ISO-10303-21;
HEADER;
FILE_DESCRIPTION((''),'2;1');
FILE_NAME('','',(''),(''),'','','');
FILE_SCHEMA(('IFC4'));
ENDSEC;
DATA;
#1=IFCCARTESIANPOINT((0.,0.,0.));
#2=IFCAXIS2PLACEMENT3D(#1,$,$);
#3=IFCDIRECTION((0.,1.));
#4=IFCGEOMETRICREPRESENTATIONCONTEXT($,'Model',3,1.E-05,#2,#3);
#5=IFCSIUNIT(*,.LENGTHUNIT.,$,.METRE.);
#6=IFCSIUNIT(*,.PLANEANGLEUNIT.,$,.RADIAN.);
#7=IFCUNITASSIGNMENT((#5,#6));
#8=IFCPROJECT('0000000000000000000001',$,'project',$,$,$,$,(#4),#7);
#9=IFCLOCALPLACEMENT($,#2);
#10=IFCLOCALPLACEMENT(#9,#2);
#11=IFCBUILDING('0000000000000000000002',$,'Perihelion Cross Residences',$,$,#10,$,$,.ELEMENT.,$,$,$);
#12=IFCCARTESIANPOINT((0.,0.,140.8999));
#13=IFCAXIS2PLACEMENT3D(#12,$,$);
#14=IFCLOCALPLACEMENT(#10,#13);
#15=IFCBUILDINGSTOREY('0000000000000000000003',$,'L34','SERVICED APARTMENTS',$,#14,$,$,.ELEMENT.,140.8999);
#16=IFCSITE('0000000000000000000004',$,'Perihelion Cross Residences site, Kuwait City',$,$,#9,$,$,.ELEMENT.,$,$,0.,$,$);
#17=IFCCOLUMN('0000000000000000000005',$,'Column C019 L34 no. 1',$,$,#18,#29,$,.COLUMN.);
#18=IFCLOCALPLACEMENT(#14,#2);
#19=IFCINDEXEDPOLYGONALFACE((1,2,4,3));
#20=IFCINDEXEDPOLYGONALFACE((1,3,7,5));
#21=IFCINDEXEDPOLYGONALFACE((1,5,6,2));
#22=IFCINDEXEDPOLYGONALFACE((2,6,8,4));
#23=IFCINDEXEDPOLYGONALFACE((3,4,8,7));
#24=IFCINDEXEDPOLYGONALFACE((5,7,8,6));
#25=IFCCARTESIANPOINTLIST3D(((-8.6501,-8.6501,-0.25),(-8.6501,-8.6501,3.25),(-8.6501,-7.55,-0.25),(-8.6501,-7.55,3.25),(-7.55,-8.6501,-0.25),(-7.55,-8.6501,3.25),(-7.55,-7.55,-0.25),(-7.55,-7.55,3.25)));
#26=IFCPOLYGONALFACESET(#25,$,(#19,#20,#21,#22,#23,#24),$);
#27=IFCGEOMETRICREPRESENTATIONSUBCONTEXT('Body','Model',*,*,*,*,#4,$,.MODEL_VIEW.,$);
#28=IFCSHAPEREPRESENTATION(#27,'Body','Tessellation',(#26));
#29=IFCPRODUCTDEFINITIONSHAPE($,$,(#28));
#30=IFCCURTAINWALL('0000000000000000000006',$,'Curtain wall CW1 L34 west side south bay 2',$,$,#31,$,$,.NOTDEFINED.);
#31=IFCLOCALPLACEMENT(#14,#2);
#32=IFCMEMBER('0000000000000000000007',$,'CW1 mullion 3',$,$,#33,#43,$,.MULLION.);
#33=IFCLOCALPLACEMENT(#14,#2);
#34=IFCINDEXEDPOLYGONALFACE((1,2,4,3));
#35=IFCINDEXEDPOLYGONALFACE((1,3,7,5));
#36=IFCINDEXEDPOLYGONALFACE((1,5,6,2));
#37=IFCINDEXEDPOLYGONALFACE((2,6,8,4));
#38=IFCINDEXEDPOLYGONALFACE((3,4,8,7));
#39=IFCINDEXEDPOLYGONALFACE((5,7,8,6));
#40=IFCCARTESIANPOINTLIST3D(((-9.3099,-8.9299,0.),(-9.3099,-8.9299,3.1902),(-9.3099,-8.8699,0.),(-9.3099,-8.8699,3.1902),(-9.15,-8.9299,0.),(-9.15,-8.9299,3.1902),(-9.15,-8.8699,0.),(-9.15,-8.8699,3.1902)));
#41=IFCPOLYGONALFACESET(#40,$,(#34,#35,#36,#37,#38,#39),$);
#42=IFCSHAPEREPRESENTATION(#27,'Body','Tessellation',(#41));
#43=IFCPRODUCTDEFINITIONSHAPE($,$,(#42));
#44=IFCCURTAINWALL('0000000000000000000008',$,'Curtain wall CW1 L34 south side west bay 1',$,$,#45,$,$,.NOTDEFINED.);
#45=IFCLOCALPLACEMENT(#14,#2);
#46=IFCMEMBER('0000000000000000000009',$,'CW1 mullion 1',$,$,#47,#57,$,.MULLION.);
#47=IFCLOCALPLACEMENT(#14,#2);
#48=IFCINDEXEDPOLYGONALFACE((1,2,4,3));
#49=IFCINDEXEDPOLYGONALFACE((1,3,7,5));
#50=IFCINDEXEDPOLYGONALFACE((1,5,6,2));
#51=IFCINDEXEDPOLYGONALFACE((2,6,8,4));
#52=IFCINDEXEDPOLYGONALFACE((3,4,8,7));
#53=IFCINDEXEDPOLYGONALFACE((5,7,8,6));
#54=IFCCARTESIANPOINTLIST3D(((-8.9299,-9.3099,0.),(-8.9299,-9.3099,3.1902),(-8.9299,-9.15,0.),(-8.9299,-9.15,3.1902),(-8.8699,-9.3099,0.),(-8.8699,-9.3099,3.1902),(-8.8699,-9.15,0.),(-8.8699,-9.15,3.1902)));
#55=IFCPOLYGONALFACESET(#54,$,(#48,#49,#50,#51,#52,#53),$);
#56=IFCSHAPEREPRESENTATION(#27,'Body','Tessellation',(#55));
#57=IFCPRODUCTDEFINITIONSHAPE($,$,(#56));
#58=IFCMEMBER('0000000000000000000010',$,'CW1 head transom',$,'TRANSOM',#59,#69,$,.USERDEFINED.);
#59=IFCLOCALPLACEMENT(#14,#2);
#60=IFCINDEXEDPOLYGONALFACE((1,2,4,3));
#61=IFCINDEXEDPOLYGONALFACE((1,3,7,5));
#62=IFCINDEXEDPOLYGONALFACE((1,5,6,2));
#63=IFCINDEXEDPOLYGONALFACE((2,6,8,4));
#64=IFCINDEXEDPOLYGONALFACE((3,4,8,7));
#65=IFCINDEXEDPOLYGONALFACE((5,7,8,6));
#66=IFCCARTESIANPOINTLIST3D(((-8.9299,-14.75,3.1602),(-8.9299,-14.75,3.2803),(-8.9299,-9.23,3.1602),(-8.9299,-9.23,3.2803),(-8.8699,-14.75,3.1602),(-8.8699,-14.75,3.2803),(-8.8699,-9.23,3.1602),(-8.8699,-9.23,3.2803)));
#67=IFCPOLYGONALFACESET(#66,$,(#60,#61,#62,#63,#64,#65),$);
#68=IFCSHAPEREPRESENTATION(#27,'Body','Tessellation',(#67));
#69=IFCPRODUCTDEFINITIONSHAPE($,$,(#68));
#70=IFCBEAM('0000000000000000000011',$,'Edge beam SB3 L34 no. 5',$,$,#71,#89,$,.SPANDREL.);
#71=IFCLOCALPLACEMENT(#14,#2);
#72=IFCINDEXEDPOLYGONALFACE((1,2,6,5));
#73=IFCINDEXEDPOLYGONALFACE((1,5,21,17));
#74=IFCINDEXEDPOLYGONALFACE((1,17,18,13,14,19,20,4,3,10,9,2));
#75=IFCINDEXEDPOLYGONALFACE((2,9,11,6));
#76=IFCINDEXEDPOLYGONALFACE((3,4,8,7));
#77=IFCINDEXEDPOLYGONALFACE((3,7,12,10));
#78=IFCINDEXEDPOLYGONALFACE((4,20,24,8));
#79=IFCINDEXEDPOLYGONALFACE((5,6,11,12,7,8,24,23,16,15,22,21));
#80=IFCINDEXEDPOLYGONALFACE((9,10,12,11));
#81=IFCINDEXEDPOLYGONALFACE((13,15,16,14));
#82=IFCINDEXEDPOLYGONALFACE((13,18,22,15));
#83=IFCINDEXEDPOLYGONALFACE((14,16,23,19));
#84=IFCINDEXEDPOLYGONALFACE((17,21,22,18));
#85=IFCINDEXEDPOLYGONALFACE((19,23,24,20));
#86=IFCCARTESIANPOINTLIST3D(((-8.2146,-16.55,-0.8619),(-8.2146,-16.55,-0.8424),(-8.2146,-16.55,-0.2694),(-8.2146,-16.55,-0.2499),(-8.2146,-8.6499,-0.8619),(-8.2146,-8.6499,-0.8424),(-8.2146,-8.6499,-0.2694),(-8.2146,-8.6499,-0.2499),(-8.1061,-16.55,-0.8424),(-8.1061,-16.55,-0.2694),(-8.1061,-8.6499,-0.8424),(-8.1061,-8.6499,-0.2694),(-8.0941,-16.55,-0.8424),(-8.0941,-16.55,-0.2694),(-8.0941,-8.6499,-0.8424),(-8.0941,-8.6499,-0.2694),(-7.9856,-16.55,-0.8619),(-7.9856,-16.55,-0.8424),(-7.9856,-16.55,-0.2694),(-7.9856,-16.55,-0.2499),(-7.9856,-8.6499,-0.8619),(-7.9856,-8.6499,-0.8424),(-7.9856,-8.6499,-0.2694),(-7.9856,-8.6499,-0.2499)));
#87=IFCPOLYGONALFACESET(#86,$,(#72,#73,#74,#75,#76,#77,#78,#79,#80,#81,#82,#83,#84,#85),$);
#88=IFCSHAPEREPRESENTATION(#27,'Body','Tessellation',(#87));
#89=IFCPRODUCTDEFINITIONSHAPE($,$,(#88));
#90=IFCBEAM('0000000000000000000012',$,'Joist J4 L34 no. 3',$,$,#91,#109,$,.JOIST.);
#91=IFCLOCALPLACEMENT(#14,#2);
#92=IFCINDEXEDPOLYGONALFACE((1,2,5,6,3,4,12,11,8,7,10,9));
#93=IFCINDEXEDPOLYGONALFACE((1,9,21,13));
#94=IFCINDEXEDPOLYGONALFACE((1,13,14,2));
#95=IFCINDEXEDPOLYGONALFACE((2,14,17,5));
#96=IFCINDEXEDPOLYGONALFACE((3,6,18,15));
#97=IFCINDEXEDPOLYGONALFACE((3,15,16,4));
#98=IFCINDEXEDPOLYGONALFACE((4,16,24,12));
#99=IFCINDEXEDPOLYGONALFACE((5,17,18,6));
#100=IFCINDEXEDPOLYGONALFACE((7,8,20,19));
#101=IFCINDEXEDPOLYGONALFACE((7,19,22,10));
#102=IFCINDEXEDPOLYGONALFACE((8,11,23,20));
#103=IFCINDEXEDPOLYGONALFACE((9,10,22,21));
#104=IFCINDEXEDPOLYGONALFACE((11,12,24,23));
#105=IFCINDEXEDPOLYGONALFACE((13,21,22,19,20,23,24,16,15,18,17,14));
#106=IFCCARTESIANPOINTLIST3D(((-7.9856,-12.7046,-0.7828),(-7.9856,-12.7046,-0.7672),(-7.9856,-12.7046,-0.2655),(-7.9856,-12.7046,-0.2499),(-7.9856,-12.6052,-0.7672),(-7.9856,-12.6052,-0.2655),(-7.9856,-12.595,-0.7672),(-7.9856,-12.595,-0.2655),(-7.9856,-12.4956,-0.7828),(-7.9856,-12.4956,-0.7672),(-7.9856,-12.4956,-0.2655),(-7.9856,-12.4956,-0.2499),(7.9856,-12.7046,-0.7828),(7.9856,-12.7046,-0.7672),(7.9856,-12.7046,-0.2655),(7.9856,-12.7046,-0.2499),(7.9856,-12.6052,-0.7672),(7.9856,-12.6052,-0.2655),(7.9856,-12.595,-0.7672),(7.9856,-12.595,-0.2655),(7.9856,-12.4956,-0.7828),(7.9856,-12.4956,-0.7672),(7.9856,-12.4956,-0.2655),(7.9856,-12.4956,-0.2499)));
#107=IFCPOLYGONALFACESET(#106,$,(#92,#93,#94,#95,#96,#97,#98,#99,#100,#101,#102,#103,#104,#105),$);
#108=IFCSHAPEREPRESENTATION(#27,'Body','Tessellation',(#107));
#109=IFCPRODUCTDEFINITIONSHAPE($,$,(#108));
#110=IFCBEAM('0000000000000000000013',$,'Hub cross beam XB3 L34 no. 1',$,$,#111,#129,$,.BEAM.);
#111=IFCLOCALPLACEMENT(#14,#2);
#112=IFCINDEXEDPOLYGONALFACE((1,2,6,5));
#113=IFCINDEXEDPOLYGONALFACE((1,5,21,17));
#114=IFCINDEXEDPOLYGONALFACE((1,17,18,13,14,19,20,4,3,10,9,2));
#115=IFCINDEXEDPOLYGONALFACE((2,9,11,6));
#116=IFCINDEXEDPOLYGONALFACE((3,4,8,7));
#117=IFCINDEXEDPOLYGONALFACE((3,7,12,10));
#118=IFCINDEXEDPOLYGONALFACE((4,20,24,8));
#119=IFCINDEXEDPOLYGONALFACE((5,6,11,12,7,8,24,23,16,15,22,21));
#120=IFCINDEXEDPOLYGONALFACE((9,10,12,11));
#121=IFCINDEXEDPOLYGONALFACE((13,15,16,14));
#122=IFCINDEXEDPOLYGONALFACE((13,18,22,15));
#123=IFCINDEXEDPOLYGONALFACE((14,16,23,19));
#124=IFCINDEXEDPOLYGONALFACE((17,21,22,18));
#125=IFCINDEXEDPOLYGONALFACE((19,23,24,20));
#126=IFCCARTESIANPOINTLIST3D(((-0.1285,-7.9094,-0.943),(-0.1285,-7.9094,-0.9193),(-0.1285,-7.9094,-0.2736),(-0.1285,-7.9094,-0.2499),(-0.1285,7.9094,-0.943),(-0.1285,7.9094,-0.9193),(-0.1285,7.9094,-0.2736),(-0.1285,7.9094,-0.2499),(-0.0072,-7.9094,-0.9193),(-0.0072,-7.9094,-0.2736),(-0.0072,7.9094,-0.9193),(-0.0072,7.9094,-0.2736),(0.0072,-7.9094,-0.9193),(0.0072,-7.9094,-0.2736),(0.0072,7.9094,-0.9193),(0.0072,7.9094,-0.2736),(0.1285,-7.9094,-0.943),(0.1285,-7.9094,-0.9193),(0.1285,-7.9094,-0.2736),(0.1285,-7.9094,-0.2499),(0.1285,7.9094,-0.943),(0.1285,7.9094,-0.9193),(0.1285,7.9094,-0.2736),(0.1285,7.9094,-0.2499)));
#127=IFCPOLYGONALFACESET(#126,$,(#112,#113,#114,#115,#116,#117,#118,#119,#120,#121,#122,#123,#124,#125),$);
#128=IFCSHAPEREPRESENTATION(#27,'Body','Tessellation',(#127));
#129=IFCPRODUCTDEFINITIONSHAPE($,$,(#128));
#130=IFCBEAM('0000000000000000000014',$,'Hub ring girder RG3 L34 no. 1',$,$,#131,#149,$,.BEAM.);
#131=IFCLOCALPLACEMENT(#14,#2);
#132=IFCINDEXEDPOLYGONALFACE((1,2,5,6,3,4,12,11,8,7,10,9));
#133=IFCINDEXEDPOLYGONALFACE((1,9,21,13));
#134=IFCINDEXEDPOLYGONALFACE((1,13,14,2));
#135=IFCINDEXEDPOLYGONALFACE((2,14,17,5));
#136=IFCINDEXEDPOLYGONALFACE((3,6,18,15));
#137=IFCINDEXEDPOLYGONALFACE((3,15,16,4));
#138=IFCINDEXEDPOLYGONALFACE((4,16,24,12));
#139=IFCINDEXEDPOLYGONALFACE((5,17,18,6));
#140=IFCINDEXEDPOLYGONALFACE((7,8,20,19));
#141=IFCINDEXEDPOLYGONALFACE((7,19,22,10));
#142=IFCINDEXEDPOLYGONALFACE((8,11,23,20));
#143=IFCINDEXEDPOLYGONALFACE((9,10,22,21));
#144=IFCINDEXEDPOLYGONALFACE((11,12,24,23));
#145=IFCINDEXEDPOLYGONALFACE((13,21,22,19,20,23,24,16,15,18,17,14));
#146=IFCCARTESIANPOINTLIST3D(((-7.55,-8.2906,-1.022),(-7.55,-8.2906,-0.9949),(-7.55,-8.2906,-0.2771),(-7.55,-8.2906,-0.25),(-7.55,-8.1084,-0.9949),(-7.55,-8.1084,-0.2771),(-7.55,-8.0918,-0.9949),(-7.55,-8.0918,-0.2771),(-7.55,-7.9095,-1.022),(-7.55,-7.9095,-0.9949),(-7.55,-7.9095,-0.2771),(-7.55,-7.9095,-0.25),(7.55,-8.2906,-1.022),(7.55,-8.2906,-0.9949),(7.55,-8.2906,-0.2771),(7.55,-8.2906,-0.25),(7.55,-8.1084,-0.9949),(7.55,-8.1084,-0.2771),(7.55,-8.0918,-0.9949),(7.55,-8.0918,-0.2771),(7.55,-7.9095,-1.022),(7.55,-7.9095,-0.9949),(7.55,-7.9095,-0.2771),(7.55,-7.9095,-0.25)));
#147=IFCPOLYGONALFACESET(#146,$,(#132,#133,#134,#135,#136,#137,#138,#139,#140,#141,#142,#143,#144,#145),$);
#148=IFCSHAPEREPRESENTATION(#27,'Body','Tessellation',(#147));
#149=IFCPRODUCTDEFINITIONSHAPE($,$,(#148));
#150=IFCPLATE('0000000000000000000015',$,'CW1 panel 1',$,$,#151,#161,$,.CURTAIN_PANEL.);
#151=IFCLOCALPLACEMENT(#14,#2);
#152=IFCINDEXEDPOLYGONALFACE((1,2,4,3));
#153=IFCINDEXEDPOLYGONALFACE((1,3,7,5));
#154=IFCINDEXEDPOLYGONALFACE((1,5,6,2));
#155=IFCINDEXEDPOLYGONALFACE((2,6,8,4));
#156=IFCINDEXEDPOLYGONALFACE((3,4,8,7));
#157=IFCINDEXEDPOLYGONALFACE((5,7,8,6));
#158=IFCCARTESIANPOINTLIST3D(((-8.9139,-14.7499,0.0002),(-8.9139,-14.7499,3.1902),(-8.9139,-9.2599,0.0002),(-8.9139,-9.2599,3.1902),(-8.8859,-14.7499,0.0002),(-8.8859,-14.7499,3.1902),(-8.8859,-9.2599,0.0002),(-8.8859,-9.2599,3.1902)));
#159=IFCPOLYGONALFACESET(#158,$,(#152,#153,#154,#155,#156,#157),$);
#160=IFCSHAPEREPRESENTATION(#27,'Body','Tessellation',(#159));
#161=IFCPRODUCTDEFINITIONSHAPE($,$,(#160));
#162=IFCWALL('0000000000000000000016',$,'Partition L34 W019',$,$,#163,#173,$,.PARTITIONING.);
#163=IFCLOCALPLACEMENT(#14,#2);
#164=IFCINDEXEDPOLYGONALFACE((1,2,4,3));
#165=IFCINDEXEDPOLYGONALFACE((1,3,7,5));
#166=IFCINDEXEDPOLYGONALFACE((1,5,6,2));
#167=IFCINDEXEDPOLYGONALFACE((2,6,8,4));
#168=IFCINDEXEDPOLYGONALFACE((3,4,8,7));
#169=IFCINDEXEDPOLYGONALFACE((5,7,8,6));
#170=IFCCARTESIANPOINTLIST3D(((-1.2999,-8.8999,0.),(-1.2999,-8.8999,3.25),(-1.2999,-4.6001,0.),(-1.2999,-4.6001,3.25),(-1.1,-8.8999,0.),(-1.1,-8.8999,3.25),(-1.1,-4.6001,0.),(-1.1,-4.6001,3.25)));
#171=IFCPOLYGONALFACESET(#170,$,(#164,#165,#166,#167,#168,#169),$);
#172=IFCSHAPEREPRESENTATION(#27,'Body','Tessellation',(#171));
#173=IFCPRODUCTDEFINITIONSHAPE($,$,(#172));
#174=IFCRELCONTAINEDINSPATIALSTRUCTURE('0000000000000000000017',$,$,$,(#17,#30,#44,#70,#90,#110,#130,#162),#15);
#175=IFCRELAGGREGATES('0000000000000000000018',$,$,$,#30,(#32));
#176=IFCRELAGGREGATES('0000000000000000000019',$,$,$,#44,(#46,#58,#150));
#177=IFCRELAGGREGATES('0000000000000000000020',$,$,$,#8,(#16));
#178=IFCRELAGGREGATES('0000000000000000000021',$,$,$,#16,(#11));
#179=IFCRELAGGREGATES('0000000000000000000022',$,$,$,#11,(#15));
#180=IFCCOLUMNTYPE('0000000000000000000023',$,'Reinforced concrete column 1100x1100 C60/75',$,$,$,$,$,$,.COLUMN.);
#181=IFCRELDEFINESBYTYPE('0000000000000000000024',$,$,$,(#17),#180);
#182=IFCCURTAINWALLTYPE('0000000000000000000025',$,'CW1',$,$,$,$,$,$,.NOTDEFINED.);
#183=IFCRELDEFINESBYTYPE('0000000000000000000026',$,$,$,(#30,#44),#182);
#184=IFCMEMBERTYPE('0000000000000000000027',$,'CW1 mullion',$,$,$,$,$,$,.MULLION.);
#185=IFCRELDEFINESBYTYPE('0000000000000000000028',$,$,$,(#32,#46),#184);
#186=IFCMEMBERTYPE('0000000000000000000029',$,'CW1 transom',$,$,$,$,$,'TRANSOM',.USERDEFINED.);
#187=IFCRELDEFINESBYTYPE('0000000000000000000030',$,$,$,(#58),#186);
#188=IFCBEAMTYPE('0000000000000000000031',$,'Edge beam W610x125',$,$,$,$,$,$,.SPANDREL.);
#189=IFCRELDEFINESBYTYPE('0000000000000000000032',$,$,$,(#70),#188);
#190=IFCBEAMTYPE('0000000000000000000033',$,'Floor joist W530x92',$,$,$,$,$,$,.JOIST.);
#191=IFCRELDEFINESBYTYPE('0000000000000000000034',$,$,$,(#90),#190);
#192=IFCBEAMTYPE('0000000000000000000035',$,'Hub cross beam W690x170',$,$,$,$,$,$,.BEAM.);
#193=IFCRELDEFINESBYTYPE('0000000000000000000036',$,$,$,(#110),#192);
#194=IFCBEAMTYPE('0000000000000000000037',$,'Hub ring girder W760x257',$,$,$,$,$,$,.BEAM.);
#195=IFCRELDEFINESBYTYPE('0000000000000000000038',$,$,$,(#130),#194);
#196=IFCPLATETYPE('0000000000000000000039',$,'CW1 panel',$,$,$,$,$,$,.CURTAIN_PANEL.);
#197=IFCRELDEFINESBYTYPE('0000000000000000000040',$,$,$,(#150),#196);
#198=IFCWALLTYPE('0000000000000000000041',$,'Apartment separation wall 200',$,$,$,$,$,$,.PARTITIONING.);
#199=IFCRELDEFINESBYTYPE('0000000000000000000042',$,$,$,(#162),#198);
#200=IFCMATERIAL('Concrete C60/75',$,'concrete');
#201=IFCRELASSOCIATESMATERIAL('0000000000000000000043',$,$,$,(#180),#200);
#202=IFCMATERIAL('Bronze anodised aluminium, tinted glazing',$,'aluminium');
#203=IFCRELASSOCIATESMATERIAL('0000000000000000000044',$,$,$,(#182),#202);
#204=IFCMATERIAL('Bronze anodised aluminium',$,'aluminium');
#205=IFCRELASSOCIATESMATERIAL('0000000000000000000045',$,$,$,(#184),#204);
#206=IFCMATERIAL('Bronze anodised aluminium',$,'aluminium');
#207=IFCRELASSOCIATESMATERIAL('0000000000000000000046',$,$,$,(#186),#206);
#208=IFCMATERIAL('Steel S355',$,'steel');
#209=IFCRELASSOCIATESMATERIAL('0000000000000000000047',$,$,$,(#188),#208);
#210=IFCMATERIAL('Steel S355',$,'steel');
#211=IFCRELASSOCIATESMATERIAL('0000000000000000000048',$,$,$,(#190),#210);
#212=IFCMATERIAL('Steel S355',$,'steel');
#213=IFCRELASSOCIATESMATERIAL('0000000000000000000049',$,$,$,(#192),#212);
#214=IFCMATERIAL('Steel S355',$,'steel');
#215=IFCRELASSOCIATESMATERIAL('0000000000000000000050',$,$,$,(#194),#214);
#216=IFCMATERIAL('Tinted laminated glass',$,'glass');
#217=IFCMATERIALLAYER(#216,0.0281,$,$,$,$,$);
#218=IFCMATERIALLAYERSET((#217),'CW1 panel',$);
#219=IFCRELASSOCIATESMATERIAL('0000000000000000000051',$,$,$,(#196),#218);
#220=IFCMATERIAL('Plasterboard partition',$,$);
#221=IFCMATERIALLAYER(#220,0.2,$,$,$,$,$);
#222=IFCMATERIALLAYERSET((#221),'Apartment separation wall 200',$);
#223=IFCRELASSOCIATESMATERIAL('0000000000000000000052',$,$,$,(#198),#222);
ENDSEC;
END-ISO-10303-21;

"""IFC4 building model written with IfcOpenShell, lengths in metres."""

from ifc_helpers import new_model, si_unit, direction, frame, frame_2d, origin, origin_2d, place, context, subcontext, project, spatial, rectangle, i_section, extrude, material, layer, layer_set, material_profile, profile_set, type_object, element, aggregate, save


model = new_model("IFC4")

# Units and contexts
model_context = context("Model", 3, precision=1e-05, world=origin(), true_north=direction((0.0, 1.0)))
body_context = subcontext(model_context, "Body", "Model", "MODEL_VIEW")
ifc_project = project(units=[si_unit("LENGTHUNIT", "METRE"), si_unit("PLANEANGLEUNIT", "RADIAN")], contexts=[model_context])

# Site, building, storey
site_placement = place(None, origin())
site = spatial("IfcSite", under=ifc_project, at=site_placement, Name="Perihelion Cross Residences site, Kuwait City", CompositionType="ELEMENT", RefElevation=0.0)
building_placement = place(site_placement, origin())
building = spatial("IfcBuilding", under=site, at=building_placement, Name="Perihelion Cross Residences", CompositionType="ELEMENT")
storey_placement = place(building_placement, frame((0.0, 0.0, 140.8999)))
storey = spatial("IfcBuildingStorey", under=building, at=storey_placement, Name="L34", Description="SERVICED APARTMENTS", CompositionType="ELEMENT", Elevation=140.8999)

# Column
ifc_material_1 = material(Name="Concrete C60/75", Category="concrete")
ifc_material_profile_1 = material_profile(ifc_material_1, rectangle(XDim=1.1001, YDim=1.1001, at=origin_2d()), Name="RC 1100x1100")
ifc_profile_set_1 = profile_set([ifc_material_profile_1], Name="Concrete C60/75")
column_type = type_object("IfcColumnType", Name="Reinforced concrete column 1100x1100 C60/75", PredefinedType="COLUMN", material=ifc_profile_set_1)
column_placement = place(storey_placement, frame((-8.1001, -8.1001, -0.25), z_axis=(0.0, 0.0, 1.0), x_axis=(1.0, 0.0, 0.0)))
element("IfcColumn", 1, at=column_placement, inside=storey, type_object=column_type, Name="Column C019 L34 no. 1", PredefinedType="COLUMN", context=body_context, shape_type="SweptSolid", body=[
    extrude(rectangle(XDim=1.1001, YDim=1.1001, at=origin_2d()), origin(), (0.0, 0.0, 1.0), 3.5),
])

# Curtain wall, member
ifc_material_2 = material(Name="Bronze anodised aluminium, tinted glazing", Category="aluminium")
curtain_wall_type = type_object("IfcCurtainWallType", Name="CW1", PredefinedType="NOTDEFINED", material=ifc_material_2)
curtain_wall_1_placement = place(storey_placement, origin())
curtain_wall_1 = element("IfcCurtainWall", 2, at=curtain_wall_1_placement, inside=storey, type_object=curtain_wall_type, Name="Curtain wall CW1 L34 west side south bay 2", PredefinedType="NOTDEFINED")
ifc_material_3 = material(Name="Bronze anodised aluminium", Category="aluminium")
ifc_material_profile_2 = material_profile(ifc_material_3, rectangle(XDim=0.0601, YDim=0.1599, at=origin_2d()), Name="CW1 mullion")
ifc_profile_set_2 = profile_set([ifc_material_profile_2], Name="Bronze anodised aluminium")
member_type_1 = type_object("IfcMemberType", Name="CW1 mullion", PredefinedType="MULLION", material=ifc_profile_set_2)
member_1_placement = place(storey_placement, frame((-9.23, -8.8999, 0.0), z_axis=(0.0, 0.0, 1.0), x_axis=(0.0, 1.0, 0.0)))
member_1 = element("IfcMember", 3, at=member_1_placement, type_object=member_type_1, Name="CW1 mullion 3", PredefinedType="MULLION", context=body_context, shape_type="SweptSolid", body=[
    extrude(rectangle(XDim=0.0601, YDim=0.1599, at=origin_2d()), origin(), (0.0, 0.0, 1.0), 3.1902),
])
aggregate(curtain_wall_1, [member_1])

# Curtain wall, members
curtain_wall_2_placement = place(storey_placement, origin())
curtain_wall_2 = element("IfcCurtainWall", 4, at=curtain_wall_2_placement, inside=storey, type_object=curtain_wall_type, Name="Curtain wall CW1 L34 south side west bay 1", PredefinedType="NOTDEFINED")
member_2_placement = place(storey_placement, frame((-8.8999, -9.23, 0.0), z_axis=(0.0, 0.0, 1.0), x_axis=(1.0, 0.0, 0.0)))
member_2 = element("IfcMember", 5, at=member_2_placement, type_object=member_type_1, Name="CW1 mullion 1", PredefinedType="MULLION", context=body_context, shape_type="SweptSolid", body=[
    extrude(rectangle(XDim=0.0601, YDim=0.1599, at=origin_2d()), origin(), (0.0, 0.0, 1.0), 3.1902),
])
ifc_material_4 = material(Name="Bronze anodised aluminium", Category="aluminium")
ifc_material_profile_3 = material_profile(ifc_material_4, rectangle(XDim=0.0601, YDim=0.1201, at=origin_2d()), Name="CW1 transom")
ifc_profile_set_3 = profile_set([ifc_material_profile_3], Name="Bronze anodised aluminium")
member_type_2 = type_object("IfcMemberType", Name="CW1 transom", ElementType="TRANSOM", PredefinedType="USERDEFINED", material=ifc_profile_set_3)
member_3_placement = place(storey_placement, frame((-8.8999, -9.23, 3.2202), z_axis=(0.0, -1.0, 0.0), x_axis=(1.0, 0.0, 0.0)))
member_3 = element("IfcMember", 6, at=member_3_placement, type_object=member_type_2, Name="CW1 head transom", ObjectType="TRANSOM", PredefinedType="USERDEFINED", context=body_context, shape_type="SweptSolid", body=[
    extrude(rectangle(XDim=0.0601, YDim=0.1201, at=origin_2d()), origin(), (0.0, 0.0, 1.0), 5.52),
])

# Beams
ifc_material_5 = material(Name="Steel S355", Category="steel")
ifc_material_profile_4 = material_profile(ifc_material_5, i_section(OverallWidth=0.229, OverallDepth=0.6121, WebThickness=0.012, FlangeThickness=0.0195, at=origin_2d()), Name="W610x125")
ifc_profile_set_4 = profile_set([ifc_material_profile_4], Name="Steel S355")
beam_type_1 = type_object("IfcBeamType", Name="Edge beam W610x125", PredefinedType="SPANDREL", material=ifc_profile_set_4)
beam_1_placement = place(storey_placement, frame((-8.1001, -8.6499, -0.5559), z_axis=(0.0, -1.0, 0.0), x_axis=(1.0, 0.0, 0.0)))
element("IfcBeam", 7, at=beam_1_placement, inside=storey, type_object=beam_type_1, Name="Edge beam SB3 L34 no. 5", PredefinedType="SPANDREL", context=body_context, shape_type="SweptSolid", body=[
    extrude(i_section(OverallWidth=0.229, OverallDepth=0.6121, WebThickness=0.012, FlangeThickness=0.0195, at=origin_2d()), origin(), (0.0, 0.0, 1.0), 7.9001),
])
ifc_material_6 = material(Name="Steel S355", Category="steel")
ifc_material_profile_5 = material_profile(ifc_material_6, i_section(OverallWidth=0.209, OverallDepth=0.533, WebThickness=0.0103, FlangeThickness=0.0156, at=origin_2d()), Name="W530x92")
ifc_profile_set_5 = profile_set([ifc_material_profile_5], Name="Steel S355")
beam_type_2 = type_object("IfcBeamType", Name="Floor joist W530x92", PredefinedType="JOIST", material=ifc_profile_set_5)
beam_2_placement = place(storey_placement, frame((-7.9856, -12.6001, -0.5164), z_axis=(1.0, 0.0, 0.0), x_axis=(0.0, 1.0, 0.0)))
element("IfcBeam", 8, at=beam_2_placement, inside=storey, type_object=beam_type_2, Name="Joist J4 L34 no. 3", PredefinedType="JOIST", context=body_context, shape_type="SweptSolid", body=[
    extrude(i_section(OverallWidth=0.209, OverallDepth=0.533, WebThickness=0.0103, FlangeThickness=0.0156, at=origin_2d()), origin(), (0.0, 0.0, 1.0), 15.9712),
])
ifc_material_7 = material(Name="Steel S355", Category="steel")
ifc_material_profile_6 = material_profile(ifc_material_7, i_section(OverallWidth=0.2571, OverallDepth=0.6931, WebThickness=0.0144, FlangeThickness=0.0237, at=origin_2d()), Name="W690x170")
ifc_profile_set_6 = profile_set([ifc_material_profile_6], Name="Steel S355")
beam_type_3 = type_object("IfcBeamType", Name="Hub cross beam W690x170", PredefinedType="BEAM", material=ifc_profile_set_6)
beam_3_placement = place(storey_placement, frame((0.0, -7.9094, -0.5964), z_axis=(0.0, 1.0, 0.0), x_axis=(-1.0, 0.0, 0.0)))
element("IfcBeam", 9, at=beam_3_placement, inside=storey, type_object=beam_type_3, Name="Hub cross beam XB3 L34 no. 1", PredefinedType="BEAM", context=body_context, shape_type="SweptSolid", body=[
    extrude(i_section(OverallWidth=0.2571, OverallDepth=0.6931, WebThickness=0.0144, FlangeThickness=0.0237, at=origin_2d()), origin(), (0.0, 0.0, 1.0), 15.8188),
])
ifc_material_8 = material(Name="Steel S355", Category="steel")
ifc_material_profile_7 = material_profile(ifc_material_8, i_section(OverallWidth=0.3811, OverallDepth=0.772, WebThickness=0.0166, FlangeThickness=0.0271, at=origin_2d()), Name="W760x257")
ifc_profile_set_7 = profile_set([ifc_material_profile_7], Name="Steel S355")
beam_type_4 = type_object("IfcBeamType", Name="Hub ring girder W760x257", PredefinedType="BEAM", material=ifc_profile_set_7)
beam_4_placement = place(storey_placement, frame((-7.55, -8.1001, -0.636), z_axis=(1.0, 0.0, 0.0), x_axis=(0.0, 1.0, 0.0)))
element("IfcBeam", 10, at=beam_4_placement, inside=storey, type_object=beam_type_4, Name="Hub ring girder RG3 L34 no. 1", PredefinedType="BEAM", context=body_context, shape_type="SweptSolid", body=[
    extrude(i_section(OverallWidth=0.3811, OverallDepth=0.772, WebThickness=0.0166, FlangeThickness=0.0271, at=origin_2d()), origin(), (0.0, 0.0, 1.0), 15.1001),
])

# Plate
ifc_material_9 = material(Name="Tinted laminated glass", Category="glass")
ifc_layer_1 = layer(ifc_material_9, 0.0281)
ifc_layer_set_1 = layer_set([ifc_layer_1], Name="CW1 panel")
plate_type = type_object("IfcPlateType", Name="CW1 panel", PredefinedType="CURTAIN_PANEL", material=ifc_layer_set_1)
plate_placement = place(storey_placement, frame((-8.8999, -12.0049, 0.0002), z_axis=(0.0, 0.0, 1.0), x_axis=(0.0, -1.0, 0.0)))
plate = element("IfcPlate", 11, at=plate_placement, type_object=plate_type, Name="CW1 panel 1", PredefinedType="CURTAIN_PANEL", context=body_context, shape_type="SweptSolid", body=[
    extrude(rectangle(XDim=5.49, YDim=0.0281, at=origin_2d()), origin(), (0.0, 0.0, 1.0), 3.1899),
])
aggregate(curtain_wall_2, [member_2, member_3, plate])

# Wall
ifc_material_10 = material(Name="Plasterboard partition")
ifc_layer_2 = layer(ifc_material_10, 0.2)
ifc_layer_set_2 = layer_set([ifc_layer_2], Name="Apartment separation wall 200")
wall_type_1 = type_object("IfcWallType", Name="Apartment separation wall 200", PredefinedType="PARTITIONING", material=ifc_layer_set_2)
wall_1_placement = place(storey_placement, frame((-1.2, -8.8999, 0.0), z_axis=(0.0, 0.0, 1.0), x_axis=(0.0, 1.0, 0.0)))
element("IfcWall", 12, at=wall_1_placement, inside=storey, type_object=wall_type_1, Name="Partition L34 W019", PredefinedType="PARTITIONING", context=body_context, shape_type="SweptSolid", body=[
    extrude(rectangle(XDim=4.2998, YDim=0.2, at=frame_2d((2.1499, 0.0))), origin(), (0.0, 0.0, 1.0), 3.25),
])

save(model, "model.ifc")
